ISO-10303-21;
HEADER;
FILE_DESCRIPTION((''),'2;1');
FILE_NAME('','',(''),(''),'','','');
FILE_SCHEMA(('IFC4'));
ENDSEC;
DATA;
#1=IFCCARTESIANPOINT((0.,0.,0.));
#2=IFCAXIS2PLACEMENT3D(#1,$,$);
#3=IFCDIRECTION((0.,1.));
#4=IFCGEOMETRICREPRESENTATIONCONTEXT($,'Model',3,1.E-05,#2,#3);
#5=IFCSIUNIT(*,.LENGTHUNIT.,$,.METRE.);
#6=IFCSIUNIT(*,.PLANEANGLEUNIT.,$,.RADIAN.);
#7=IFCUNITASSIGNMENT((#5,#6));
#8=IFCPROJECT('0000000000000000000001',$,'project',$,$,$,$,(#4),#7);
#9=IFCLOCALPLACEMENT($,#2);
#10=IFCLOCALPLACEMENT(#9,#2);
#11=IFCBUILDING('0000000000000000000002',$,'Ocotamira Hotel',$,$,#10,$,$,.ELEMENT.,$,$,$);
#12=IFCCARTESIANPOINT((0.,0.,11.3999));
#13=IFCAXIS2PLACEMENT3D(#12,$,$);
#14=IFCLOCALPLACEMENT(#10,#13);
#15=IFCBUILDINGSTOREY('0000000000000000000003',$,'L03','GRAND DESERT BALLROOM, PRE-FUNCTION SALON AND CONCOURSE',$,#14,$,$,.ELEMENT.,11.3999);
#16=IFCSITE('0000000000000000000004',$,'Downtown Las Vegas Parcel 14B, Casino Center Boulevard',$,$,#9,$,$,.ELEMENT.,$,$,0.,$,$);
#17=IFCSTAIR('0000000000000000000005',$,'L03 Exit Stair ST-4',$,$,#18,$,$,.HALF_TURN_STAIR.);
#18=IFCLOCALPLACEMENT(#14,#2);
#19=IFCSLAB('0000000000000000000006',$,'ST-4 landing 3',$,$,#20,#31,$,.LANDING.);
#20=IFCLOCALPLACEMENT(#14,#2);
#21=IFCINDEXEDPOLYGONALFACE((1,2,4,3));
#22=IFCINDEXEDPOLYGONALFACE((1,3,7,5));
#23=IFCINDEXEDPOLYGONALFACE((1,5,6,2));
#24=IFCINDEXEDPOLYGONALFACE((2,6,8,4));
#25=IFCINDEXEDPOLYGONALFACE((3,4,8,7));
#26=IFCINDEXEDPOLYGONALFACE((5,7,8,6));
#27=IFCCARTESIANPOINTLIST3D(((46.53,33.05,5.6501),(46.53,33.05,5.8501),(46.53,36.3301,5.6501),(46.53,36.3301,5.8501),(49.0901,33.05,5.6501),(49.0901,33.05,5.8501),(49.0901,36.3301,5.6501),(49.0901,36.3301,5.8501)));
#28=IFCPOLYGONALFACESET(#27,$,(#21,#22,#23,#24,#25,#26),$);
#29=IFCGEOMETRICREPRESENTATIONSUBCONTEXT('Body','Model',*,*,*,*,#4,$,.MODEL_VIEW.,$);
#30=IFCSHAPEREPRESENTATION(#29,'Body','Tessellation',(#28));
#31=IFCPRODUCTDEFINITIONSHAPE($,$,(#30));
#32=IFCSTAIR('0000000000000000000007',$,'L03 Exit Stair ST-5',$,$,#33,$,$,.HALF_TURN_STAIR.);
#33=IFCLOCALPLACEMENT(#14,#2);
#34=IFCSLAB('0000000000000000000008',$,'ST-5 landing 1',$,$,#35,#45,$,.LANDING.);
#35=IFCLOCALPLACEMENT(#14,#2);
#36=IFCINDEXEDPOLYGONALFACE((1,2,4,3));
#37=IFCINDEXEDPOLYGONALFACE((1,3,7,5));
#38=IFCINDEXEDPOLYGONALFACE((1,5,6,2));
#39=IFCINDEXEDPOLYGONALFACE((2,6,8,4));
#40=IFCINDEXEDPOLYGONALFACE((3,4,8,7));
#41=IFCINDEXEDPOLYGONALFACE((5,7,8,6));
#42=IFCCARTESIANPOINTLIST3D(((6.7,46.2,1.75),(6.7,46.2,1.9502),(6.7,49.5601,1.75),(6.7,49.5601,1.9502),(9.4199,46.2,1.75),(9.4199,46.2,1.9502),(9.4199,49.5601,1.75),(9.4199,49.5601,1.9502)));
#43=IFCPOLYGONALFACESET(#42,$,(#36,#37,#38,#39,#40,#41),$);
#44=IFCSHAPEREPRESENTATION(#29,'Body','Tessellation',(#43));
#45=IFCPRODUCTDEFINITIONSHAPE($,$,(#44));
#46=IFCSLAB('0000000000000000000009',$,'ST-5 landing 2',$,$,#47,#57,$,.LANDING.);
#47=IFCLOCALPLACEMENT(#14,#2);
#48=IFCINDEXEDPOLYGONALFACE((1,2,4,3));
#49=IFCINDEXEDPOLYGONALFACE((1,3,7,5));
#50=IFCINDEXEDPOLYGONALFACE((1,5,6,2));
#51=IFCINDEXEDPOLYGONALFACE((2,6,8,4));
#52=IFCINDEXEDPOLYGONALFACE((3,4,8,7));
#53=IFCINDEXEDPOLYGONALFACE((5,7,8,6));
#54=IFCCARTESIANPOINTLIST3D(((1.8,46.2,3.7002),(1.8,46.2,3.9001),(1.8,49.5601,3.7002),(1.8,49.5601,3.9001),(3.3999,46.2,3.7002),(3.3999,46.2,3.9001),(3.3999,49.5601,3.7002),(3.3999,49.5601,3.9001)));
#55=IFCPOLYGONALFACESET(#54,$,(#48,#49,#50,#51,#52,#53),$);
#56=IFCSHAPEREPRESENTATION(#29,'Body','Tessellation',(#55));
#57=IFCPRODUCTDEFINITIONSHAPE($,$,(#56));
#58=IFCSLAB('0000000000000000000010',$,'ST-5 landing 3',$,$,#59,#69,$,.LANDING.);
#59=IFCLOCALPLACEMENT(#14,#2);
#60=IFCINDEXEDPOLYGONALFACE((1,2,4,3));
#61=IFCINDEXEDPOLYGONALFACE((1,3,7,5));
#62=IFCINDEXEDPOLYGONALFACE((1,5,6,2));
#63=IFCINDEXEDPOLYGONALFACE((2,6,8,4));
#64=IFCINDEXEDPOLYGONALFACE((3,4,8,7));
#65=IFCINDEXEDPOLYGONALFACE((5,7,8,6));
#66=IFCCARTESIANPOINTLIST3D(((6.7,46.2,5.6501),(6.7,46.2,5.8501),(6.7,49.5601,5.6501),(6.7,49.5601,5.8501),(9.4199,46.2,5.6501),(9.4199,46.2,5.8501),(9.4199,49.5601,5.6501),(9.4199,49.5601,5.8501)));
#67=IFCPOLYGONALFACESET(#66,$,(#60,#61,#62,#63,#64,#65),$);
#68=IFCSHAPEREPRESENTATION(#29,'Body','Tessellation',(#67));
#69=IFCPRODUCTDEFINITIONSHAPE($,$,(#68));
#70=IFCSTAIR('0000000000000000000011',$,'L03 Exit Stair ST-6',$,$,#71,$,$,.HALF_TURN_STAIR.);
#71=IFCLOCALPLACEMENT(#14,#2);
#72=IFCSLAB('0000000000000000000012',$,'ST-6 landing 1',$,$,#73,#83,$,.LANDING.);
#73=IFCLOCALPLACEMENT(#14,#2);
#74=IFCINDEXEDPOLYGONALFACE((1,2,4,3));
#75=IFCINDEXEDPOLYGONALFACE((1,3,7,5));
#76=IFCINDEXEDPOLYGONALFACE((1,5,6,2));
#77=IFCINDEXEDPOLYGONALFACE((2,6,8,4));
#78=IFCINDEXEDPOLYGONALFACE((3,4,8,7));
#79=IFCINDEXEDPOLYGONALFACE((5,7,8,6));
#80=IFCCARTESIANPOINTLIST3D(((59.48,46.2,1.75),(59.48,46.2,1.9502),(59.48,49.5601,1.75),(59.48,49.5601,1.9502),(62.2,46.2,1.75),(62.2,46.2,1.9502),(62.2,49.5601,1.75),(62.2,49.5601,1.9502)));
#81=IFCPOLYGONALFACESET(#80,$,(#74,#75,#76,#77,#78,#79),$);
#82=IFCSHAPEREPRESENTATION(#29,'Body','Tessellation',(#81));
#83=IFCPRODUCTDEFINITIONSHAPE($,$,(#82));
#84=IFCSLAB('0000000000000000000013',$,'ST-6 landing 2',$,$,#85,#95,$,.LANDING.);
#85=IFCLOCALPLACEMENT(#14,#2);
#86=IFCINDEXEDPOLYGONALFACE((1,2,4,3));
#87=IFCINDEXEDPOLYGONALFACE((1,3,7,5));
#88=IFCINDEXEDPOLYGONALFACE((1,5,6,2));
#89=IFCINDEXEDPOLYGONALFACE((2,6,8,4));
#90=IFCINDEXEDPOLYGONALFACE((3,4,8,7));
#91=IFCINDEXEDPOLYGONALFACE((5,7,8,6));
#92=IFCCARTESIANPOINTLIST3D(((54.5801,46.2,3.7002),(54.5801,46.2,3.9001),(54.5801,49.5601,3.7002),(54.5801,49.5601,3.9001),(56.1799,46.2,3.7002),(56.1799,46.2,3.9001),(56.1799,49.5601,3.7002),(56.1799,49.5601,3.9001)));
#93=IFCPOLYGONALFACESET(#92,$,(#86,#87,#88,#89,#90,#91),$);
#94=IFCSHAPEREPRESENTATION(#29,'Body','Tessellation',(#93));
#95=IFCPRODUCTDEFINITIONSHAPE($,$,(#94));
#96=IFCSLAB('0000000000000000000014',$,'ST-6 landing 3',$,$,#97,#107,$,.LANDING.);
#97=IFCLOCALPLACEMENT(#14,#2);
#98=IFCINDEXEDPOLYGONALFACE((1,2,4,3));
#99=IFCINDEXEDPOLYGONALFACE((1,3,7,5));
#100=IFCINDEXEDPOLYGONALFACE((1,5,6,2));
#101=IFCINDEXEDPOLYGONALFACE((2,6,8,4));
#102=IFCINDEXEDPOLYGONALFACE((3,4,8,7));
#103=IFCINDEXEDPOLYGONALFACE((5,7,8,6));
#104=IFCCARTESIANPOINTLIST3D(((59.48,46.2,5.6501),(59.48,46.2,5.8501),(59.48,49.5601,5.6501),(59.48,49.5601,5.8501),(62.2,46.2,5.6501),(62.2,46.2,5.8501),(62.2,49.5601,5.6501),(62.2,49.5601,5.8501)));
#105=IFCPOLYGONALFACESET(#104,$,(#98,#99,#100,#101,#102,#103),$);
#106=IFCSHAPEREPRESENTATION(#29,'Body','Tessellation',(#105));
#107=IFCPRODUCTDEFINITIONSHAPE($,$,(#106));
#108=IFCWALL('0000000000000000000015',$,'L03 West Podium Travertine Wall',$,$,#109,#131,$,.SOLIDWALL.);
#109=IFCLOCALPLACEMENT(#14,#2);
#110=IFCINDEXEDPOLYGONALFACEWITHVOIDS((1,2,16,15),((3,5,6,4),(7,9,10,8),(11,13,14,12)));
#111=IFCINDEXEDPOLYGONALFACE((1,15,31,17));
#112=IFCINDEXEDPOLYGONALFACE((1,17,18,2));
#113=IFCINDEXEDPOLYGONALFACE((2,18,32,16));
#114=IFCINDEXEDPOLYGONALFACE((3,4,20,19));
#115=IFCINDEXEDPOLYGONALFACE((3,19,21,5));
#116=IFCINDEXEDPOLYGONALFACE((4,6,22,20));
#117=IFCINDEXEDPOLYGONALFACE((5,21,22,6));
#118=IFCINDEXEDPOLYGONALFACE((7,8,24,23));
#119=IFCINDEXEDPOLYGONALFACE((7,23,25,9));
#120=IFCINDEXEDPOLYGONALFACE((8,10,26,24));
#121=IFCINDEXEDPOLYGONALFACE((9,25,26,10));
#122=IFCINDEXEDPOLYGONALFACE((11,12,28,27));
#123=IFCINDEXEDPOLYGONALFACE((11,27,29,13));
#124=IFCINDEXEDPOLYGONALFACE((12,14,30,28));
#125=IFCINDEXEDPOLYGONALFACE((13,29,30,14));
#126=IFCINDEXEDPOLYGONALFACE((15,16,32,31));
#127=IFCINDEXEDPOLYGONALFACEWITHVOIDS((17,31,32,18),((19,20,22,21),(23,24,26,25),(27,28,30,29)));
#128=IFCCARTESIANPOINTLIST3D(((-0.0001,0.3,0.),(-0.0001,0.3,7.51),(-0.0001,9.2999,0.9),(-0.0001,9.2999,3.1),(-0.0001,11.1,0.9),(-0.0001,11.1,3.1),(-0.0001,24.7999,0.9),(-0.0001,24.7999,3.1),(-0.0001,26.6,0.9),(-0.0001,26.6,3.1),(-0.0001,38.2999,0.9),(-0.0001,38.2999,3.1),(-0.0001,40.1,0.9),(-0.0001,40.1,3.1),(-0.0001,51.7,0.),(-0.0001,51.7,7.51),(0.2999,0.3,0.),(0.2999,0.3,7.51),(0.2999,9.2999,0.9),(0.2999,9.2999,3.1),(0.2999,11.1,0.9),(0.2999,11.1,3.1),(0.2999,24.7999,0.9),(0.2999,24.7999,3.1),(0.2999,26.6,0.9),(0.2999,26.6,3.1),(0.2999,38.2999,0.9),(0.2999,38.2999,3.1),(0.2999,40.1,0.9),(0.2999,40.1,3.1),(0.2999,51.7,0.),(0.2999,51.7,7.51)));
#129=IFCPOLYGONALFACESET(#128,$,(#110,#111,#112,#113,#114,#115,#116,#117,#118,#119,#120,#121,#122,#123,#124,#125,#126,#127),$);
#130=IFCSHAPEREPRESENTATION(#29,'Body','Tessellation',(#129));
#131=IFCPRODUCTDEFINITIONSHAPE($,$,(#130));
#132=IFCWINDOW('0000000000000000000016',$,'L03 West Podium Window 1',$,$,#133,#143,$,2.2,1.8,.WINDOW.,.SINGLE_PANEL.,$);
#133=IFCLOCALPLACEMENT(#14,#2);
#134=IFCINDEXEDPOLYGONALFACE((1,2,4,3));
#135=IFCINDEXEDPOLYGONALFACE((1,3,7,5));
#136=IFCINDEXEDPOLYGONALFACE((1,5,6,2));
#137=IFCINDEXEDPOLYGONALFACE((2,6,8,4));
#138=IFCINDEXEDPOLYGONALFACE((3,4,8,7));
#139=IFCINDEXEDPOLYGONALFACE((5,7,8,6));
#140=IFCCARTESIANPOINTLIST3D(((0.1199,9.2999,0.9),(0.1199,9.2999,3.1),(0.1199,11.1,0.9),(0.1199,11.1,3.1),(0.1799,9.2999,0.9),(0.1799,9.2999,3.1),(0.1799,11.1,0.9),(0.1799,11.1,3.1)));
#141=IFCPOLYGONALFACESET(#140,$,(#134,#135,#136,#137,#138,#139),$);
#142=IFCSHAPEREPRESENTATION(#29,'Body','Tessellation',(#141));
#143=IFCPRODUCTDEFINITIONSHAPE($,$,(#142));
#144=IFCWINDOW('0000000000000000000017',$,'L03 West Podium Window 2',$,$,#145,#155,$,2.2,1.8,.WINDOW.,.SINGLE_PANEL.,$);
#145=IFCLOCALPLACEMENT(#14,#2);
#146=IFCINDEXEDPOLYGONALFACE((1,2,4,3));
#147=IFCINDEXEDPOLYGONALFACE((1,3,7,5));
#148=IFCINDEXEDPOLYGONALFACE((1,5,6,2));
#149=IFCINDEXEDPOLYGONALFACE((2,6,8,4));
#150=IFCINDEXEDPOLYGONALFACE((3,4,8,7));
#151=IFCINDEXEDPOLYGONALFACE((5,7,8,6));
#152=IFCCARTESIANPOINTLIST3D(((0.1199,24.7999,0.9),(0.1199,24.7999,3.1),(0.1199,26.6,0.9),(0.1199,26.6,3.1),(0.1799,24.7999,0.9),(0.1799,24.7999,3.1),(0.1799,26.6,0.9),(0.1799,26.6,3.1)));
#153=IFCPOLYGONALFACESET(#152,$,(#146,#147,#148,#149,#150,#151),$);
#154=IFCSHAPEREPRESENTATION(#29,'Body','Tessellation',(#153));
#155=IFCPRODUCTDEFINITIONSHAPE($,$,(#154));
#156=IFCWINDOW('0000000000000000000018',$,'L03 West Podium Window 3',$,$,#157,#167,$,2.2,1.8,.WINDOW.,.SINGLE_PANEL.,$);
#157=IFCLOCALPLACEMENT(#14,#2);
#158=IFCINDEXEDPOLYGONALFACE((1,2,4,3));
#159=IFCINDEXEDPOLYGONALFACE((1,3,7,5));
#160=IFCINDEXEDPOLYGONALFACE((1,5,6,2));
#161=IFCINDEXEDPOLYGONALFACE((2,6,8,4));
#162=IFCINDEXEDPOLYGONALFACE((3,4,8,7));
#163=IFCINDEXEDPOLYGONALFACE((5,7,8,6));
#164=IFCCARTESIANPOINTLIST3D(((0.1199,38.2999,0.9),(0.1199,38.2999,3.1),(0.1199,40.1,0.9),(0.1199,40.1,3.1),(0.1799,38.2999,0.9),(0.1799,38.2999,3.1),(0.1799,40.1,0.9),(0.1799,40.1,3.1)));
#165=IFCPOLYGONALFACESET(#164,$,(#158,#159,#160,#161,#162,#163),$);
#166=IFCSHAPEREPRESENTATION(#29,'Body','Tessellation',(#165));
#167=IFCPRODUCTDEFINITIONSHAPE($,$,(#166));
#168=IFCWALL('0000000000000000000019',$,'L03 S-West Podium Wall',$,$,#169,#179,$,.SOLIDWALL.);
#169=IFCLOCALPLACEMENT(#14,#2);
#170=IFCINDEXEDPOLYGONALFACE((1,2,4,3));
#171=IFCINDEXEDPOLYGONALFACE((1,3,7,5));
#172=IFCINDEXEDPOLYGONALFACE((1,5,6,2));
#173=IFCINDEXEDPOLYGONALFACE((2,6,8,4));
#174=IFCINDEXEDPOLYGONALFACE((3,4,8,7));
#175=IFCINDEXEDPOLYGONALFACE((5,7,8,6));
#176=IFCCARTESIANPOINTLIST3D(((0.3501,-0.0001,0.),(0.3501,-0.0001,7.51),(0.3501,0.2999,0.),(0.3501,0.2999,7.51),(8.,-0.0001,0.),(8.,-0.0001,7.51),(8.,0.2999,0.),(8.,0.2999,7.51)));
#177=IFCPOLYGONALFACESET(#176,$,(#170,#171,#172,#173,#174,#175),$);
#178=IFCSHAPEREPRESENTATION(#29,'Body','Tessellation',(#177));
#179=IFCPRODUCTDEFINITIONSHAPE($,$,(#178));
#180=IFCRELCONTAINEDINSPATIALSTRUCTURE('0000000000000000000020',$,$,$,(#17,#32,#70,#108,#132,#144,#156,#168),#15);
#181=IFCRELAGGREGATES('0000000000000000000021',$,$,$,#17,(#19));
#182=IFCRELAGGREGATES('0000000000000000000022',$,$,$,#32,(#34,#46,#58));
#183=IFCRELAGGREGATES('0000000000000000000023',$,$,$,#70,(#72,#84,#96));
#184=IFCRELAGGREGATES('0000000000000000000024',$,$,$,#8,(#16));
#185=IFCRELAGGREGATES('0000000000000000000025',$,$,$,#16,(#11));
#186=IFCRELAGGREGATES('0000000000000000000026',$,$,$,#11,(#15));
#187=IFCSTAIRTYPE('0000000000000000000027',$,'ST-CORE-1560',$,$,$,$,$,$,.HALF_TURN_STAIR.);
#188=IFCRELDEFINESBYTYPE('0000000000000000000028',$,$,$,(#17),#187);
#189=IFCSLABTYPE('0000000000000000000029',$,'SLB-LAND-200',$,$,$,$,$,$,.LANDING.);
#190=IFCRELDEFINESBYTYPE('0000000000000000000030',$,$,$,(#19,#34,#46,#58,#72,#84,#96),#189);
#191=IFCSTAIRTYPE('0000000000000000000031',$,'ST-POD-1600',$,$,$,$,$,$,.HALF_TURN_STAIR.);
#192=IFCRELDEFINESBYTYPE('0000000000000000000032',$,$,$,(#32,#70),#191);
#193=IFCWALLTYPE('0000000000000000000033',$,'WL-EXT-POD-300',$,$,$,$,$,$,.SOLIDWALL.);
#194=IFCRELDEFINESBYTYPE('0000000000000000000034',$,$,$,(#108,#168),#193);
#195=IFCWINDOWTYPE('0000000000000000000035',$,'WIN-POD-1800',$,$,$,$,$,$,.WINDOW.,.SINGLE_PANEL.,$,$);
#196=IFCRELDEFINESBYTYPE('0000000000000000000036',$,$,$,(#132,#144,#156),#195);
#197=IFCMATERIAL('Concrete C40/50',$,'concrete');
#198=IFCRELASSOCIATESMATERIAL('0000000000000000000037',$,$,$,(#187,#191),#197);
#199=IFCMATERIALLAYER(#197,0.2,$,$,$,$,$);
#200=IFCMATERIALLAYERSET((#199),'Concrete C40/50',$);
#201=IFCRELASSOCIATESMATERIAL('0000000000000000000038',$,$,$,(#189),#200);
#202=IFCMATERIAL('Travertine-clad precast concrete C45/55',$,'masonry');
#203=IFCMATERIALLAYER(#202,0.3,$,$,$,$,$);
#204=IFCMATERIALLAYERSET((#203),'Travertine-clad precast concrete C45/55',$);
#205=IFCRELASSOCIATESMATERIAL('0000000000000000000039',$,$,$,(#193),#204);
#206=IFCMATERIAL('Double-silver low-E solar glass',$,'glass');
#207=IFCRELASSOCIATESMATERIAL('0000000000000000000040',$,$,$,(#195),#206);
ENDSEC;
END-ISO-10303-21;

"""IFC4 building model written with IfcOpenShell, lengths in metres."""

from ifc_helpers import new_model, si_unit, direction, frame, frame_2d, origin, place, context, subcontext, project, spatial, polyline, rectangle, outline, extrude, source, transform, mapped, material, layer, layer_set, type_object, element, fill, aggregate, save


model = new_model("IFC4")

# Units and contexts
model_context = context("Model", 3, precision=1e-05, world=origin(), true_north=direction((0.0, 1.0)))
body_context = subcontext(model_context, "Body", "Model", "MODEL_VIEW")
ifc_project = project(units=[si_unit("LENGTHUNIT", "METRE"), si_unit("PLANEANGLEUNIT", "RADIAN")], contexts=[model_context])

# Site, building, storey
site_placement = place(None, origin())
site = spatial("IfcSite", under=ifc_project, at=site_placement, Name="Downtown Las Vegas Parcel 14B, Casino Center Boulevard", CompositionType="ELEMENT", RefElevation=0.0)
building_placement = place(site_placement, origin())
building = spatial("IfcBuilding", under=site, at=building_placement, Name="Ocotamira Hotel", CompositionType="ELEMENT")
storey_placement = place(building_placement, frame((0.0, 0.0, 11.3999)))
storey = spatial("IfcBuildingStorey", under=building, at=storey_placement, Name="L03", Description="GRAND DESERT BALLROOM, PRE-FUNCTION SALON AND CONCOURSE", CompositionType="ELEMENT", Elevation=11.3999)

# Shared definitions
ifc_material_1 = material(Name="Concrete C40/50", Category="concrete")

# Stairs, slabs
stair_type_1 = type_object("IfcStairType", Name="ST-CORE-1560", PredefinedType="HALF_TURN_STAIR", material=ifc_material_1)
ifc_layer_1 = layer(ifc_material_1, 0.2)
ifc_layer_set_1 = layer_set([ifc_layer_1], Name="Concrete C40/50")
slab_type_1 = type_object("IfcSlabType", Name="SLB-LAND-200", PredefinedType="LANDING", material=ifc_layer_set_1)
stair_1_placement = place(storey_placement, origin())
stair_1 = element("IfcStair", 1, at=stair_1_placement, inside=storey, type_object=stair_type_1, Name="L03 Exit Stair ST-4", PredefinedType="HALF_TURN_STAIR")
slab_1_placement = place(storey_placement, frame((0.0, 0.0, 5.6501)))
slab_1 = element("IfcSlab", 2, at=slab_1_placement, type_object=slab_type_1, Name="ST-4 landing 3", PredefinedType="LANDING", context=body_context, shape_type="SweptSolid", body=[
    extrude(outline(polyline([(46.53, 33.05), (49.0901, 33.05), (49.0901, 36.3301), (46.53, 36.3301), (46.53, 33.05)])), origin(), (0.0, 0.0, 1.0), 0.2),
])
aggregate(stair_1, [slab_1])
stair_type_2 = type_object("IfcStairType", Name="ST-POD-1600", PredefinedType="HALF_TURN_STAIR", material=ifc_material_1)
stair_2_placement = place(storey_placement, origin())
stair_2 = element("IfcStair", 3, at=stair_2_placement, inside=storey, type_object=stair_type_2, Name="L03 Exit Stair ST-5", PredefinedType="HALF_TURN_STAIR")
slab_2_placement = place(storey_placement, frame((0.0, 0.0, 1.75)))
slab_2 = element("IfcSlab", 4, at=slab_2_placement, type_object=slab_type_1, Name="ST-5 landing 1", PredefinedType="LANDING", context=body_context, shape_type="SweptSolid", body=[
    extrude(outline(polyline([(6.7, 46.2), (9.4199, 46.2), (9.4199, 49.5601), (6.7, 49.5601), (6.7, 46.2)])), origin(), (0.0, 0.0, 1.0), 0.2002),
])
slab_3_placement = place(storey_placement, frame((0.0, 0.0, 3.7002)))
slab_3 = element("IfcSlab", 5, at=slab_3_placement, type_object=slab_type_1, Name="ST-5 landing 2", PredefinedType="LANDING", context=body_context, shape_type="SweptSolid", body=[
    extrude(outline(polyline([(1.8, 46.2), (3.3999, 46.2), (3.3999, 49.5601), (1.8, 49.5601), (1.8, 46.2)])), origin(), (0.0, 0.0, 1.0), 0.2),
])
slab_4_placement = place(storey_placement, frame((0.0, 0.0, 5.6501)))
slab_4 = element("IfcSlab", 6, at=slab_4_placement, type_object=slab_type_1, Name="ST-5 landing 3", PredefinedType="LANDING", context=body_context, shape_type="SweptSolid", body=[
    extrude(outline(polyline([(6.7, 46.2), (9.4199, 46.2), (9.4199, 49.5601), (6.7, 49.5601), (6.7, 46.2)])), origin(), (0.0, 0.0, 1.0), 0.2),
])
aggregate(stair_2, [slab_2, slab_3, slab_4])
stair_3_placement = place(storey_placement, origin())
stair_3 = element("IfcStair", 7, at=stair_3_placement, inside=storey, type_object=stair_type_2, Name="L03 Exit Stair ST-6", PredefinedType="HALF_TURN_STAIR")
slab_5_placement = place(storey_placement, frame((0.0, 0.0, 1.75)))
slab_5 = element("IfcSlab", 8, at=slab_5_placement, type_object=slab_type_1, Name="ST-6 landing 1", PredefinedType="LANDING", context=body_context, shape_type="SweptSolid", body=[
    extrude(outline(polyline([(59.48, 46.2), (62.2, 46.2), (62.2, 49.5601), (59.48, 49.5601), (59.48, 46.2)])), origin(), (0.0, 0.0, 1.0), 0.2002),
])
slab_6_placement = place(storey_placement, frame((0.0, 0.0, 3.7002)))
slab_6 = element("IfcSlab", 9, at=slab_6_placement, type_object=slab_type_1, Name="ST-6 landing 2", PredefinedType="LANDING", context=body_context, shape_type="SweptSolid", body=[
    extrude(outline(polyline([(54.5801, 46.2), (56.1799, 46.2), (56.1799, 49.5601), (54.5801, 49.5601), (54.5801, 46.2)])), origin(), (0.0, 0.0, 1.0), 0.2),
])
slab_7_placement = place(storey_placement, frame((0.0, 0.0, 5.6501)))
slab_7 = element("IfcSlab", 10, at=slab_7_placement, type_object=slab_type_1, Name="ST-6 landing 3", PredefinedType="LANDING", context=body_context, shape_type="SweptSolid", body=[
    extrude(outline(polyline([(59.48, 46.2), (62.2, 46.2), (62.2, 49.5601), (59.48, 49.5601), (59.48, 46.2)])), origin(), (0.0, 0.0, 1.0), 0.2),
])
aggregate(stair_3, [slab_5, slab_6, slab_7])

# Wall, openings, windows
ifc_material_2 = material(Name="Travertine-clad precast concrete C45/55", Category="masonry")
ifc_layer_2 = layer(ifc_material_2, 0.3)
ifc_layer_set_2 = layer_set([ifc_layer_2], Name="Travertine-clad precast concrete C45/55")
wall_type = type_object("IfcWallType", Name="WL-EXT-POD-300", PredefinedType="SOLIDWALL", material=ifc_layer_set_2)
wall_1_placement = place(storey_placement, frame((0.1499, 0.3, 0.0), z_axis=(0.0, 0.0, 1.0), x_axis=(0.0, 1.0, 0.0)))
wall_1 = element("IfcWall", 11, at=wall_1_placement, inside=storey, type_object=wall_type, Name="L03 West Podium Travertine Wall", PredefinedType="SOLIDWALL", context=body_context, shape_type="SweptSolid", body=[
    extrude(rectangle(XDim=51.3999, YDim=0.3, at=frame_2d((25.7, 0.0))), origin(), (0.0, 0.0, 1.0), 7.51),
])
opening_1_placement = place(wall_1_placement, frame((9.0, 0.0, 0.8999)))
opening_1 = element("IfcOpeningElement", 12, at=opening_1_placement, cuts=wall_1, PredefinedType="OPENING", context=body_context, shape_type="SweptSolid", body=[
    extrude(rectangle(XDim=1.8, YDim=2.2, at=frame_2d((0.8999, 1.1001))), frame((0.0, 0.1602, 0.0), z_axis=(0.0, -1.0, 0.0), x_axis=(1.0, 0.0, 0.0)), (0.0, 0.0, 1.0), 0.3201),
])
opening_2_placement = place(wall_1_placement, frame((24.5, 0.0, 0.8999)))
opening_2 = element("IfcOpeningElement", 13, at=opening_2_placement, cuts=wall_1, PredefinedType="OPENING", context=body_context, shape_type="SweptSolid", body=[
    extrude(rectangle(XDim=1.8, YDim=2.2, at=frame_2d((0.8999, 1.1001))), frame((0.0, 0.1602, 0.0), z_axis=(0.0, -1.0, 0.0), x_axis=(1.0, 0.0, 0.0)), (0.0, 0.0, 1.0), 0.3201),
])
opening_3_placement = place(wall_1_placement, frame((38.0, 0.0, 0.8999)))
opening_3 = element("IfcOpeningElement", 14, at=opening_3_placement, cuts=wall_1, PredefinedType="OPENING", context=body_context, shape_type="SweptSolid", body=[
    extrude(rectangle(XDim=1.8, YDim=2.2, at=frame_2d((0.8999, 1.1001))), frame((0.0, 0.1602, 0.0), z_axis=(0.0, -1.0, 0.0), x_axis=(1.0, 0.0, 0.0)), (0.0, 0.0, 1.0), 0.3201),
])
ifc_material_3 = material(Name="Double-silver low-E solar glass", Category="glass")
window_type = type_object("IfcWindowType", Name="WIN-POD-1800", PartitioningType="SINGLE_PANEL", PredefinedType="WINDOW", material=ifc_material_3)
shared_shape_1 = source(origin(), body_context, "Body", "SweptSolid", [
    extrude(rectangle(XDim=1.8, YDim=2.2, at=frame_2d((0.8999, 1.1001))), frame((0.0, 0.03, 0.0), z_axis=(0.0, -1.0, 0.0), x_axis=(1.0, 0.0, 0.0)), (0.0, 0.0, 1.0), 0.0601),
])
window_1_placement = place(opening_1_placement, origin())
window_1 = element("IfcWindow", 15, at=window_1_placement, inside=storey, type_object=window_type, Name="L03 West Podium Window 1", OverallHeight=2.2, OverallWidth=1.8, PartitioningType="SINGLE_PANEL", PredefinedType="WINDOW", context=body_context, shape_type="MappedRepresentation", body=[
    mapped(shared_shape_1, transform((0.0, 0.0, 0.0), scale=1.0)),
])
fill(opening_1, window_1)
window_2_placement = place(opening_2_placement, origin())
window_2 = element("IfcWindow", 16, at=window_2_placement, inside=storey, type_object=window_type, Name="L03 West Podium Window 2", OverallHeight=2.2, OverallWidth=1.8, PartitioningType="SINGLE_PANEL", PredefinedType="WINDOW", context=body_context, shape_type="MappedRepresentation", body=[
    mapped(shared_shape_1, transform((0.0, 0.0, 0.0), scale=1.0)),
])
fill(opening_2, window_2)
window_3_placement = place(opening_3_placement, origin())
window_3 = element("IfcWindow", 17, at=window_3_placement, inside=storey, type_object=window_type, Name="L03 West Podium Window 3", OverallHeight=2.2, OverallWidth=1.8, PartitioningType="SINGLE_PANEL", PredefinedType="WINDOW", context=body_context, shape_type="MappedRepresentation", body=[
    mapped(shared_shape_1, transform((0.0, 0.0, 0.0), scale=1.0)),
])
fill(opening_3, window_3)

# Wall
wall_2_placement = place(storey_placement, frame((8.0, 0.1499, 0.0), z_axis=(0.0, 0.0, 1.0), x_axis=(-1.0, 0.0, 0.0)))
element("IfcWall", 18, at=wall_2_placement, inside=storey, type_object=wall_type, Name="L03 S-West Podium Wall", PredefinedType="SOLIDWALL", context=body_context, shape_type="SweptSolid", body=[
    extrude(rectangle(XDim=7.6499, YDim=0.3, at=frame_2d((3.825, 0.0))), origin(), (0.0, 0.0, 1.0), 7.51),
])

save(model, "model.ifc")
